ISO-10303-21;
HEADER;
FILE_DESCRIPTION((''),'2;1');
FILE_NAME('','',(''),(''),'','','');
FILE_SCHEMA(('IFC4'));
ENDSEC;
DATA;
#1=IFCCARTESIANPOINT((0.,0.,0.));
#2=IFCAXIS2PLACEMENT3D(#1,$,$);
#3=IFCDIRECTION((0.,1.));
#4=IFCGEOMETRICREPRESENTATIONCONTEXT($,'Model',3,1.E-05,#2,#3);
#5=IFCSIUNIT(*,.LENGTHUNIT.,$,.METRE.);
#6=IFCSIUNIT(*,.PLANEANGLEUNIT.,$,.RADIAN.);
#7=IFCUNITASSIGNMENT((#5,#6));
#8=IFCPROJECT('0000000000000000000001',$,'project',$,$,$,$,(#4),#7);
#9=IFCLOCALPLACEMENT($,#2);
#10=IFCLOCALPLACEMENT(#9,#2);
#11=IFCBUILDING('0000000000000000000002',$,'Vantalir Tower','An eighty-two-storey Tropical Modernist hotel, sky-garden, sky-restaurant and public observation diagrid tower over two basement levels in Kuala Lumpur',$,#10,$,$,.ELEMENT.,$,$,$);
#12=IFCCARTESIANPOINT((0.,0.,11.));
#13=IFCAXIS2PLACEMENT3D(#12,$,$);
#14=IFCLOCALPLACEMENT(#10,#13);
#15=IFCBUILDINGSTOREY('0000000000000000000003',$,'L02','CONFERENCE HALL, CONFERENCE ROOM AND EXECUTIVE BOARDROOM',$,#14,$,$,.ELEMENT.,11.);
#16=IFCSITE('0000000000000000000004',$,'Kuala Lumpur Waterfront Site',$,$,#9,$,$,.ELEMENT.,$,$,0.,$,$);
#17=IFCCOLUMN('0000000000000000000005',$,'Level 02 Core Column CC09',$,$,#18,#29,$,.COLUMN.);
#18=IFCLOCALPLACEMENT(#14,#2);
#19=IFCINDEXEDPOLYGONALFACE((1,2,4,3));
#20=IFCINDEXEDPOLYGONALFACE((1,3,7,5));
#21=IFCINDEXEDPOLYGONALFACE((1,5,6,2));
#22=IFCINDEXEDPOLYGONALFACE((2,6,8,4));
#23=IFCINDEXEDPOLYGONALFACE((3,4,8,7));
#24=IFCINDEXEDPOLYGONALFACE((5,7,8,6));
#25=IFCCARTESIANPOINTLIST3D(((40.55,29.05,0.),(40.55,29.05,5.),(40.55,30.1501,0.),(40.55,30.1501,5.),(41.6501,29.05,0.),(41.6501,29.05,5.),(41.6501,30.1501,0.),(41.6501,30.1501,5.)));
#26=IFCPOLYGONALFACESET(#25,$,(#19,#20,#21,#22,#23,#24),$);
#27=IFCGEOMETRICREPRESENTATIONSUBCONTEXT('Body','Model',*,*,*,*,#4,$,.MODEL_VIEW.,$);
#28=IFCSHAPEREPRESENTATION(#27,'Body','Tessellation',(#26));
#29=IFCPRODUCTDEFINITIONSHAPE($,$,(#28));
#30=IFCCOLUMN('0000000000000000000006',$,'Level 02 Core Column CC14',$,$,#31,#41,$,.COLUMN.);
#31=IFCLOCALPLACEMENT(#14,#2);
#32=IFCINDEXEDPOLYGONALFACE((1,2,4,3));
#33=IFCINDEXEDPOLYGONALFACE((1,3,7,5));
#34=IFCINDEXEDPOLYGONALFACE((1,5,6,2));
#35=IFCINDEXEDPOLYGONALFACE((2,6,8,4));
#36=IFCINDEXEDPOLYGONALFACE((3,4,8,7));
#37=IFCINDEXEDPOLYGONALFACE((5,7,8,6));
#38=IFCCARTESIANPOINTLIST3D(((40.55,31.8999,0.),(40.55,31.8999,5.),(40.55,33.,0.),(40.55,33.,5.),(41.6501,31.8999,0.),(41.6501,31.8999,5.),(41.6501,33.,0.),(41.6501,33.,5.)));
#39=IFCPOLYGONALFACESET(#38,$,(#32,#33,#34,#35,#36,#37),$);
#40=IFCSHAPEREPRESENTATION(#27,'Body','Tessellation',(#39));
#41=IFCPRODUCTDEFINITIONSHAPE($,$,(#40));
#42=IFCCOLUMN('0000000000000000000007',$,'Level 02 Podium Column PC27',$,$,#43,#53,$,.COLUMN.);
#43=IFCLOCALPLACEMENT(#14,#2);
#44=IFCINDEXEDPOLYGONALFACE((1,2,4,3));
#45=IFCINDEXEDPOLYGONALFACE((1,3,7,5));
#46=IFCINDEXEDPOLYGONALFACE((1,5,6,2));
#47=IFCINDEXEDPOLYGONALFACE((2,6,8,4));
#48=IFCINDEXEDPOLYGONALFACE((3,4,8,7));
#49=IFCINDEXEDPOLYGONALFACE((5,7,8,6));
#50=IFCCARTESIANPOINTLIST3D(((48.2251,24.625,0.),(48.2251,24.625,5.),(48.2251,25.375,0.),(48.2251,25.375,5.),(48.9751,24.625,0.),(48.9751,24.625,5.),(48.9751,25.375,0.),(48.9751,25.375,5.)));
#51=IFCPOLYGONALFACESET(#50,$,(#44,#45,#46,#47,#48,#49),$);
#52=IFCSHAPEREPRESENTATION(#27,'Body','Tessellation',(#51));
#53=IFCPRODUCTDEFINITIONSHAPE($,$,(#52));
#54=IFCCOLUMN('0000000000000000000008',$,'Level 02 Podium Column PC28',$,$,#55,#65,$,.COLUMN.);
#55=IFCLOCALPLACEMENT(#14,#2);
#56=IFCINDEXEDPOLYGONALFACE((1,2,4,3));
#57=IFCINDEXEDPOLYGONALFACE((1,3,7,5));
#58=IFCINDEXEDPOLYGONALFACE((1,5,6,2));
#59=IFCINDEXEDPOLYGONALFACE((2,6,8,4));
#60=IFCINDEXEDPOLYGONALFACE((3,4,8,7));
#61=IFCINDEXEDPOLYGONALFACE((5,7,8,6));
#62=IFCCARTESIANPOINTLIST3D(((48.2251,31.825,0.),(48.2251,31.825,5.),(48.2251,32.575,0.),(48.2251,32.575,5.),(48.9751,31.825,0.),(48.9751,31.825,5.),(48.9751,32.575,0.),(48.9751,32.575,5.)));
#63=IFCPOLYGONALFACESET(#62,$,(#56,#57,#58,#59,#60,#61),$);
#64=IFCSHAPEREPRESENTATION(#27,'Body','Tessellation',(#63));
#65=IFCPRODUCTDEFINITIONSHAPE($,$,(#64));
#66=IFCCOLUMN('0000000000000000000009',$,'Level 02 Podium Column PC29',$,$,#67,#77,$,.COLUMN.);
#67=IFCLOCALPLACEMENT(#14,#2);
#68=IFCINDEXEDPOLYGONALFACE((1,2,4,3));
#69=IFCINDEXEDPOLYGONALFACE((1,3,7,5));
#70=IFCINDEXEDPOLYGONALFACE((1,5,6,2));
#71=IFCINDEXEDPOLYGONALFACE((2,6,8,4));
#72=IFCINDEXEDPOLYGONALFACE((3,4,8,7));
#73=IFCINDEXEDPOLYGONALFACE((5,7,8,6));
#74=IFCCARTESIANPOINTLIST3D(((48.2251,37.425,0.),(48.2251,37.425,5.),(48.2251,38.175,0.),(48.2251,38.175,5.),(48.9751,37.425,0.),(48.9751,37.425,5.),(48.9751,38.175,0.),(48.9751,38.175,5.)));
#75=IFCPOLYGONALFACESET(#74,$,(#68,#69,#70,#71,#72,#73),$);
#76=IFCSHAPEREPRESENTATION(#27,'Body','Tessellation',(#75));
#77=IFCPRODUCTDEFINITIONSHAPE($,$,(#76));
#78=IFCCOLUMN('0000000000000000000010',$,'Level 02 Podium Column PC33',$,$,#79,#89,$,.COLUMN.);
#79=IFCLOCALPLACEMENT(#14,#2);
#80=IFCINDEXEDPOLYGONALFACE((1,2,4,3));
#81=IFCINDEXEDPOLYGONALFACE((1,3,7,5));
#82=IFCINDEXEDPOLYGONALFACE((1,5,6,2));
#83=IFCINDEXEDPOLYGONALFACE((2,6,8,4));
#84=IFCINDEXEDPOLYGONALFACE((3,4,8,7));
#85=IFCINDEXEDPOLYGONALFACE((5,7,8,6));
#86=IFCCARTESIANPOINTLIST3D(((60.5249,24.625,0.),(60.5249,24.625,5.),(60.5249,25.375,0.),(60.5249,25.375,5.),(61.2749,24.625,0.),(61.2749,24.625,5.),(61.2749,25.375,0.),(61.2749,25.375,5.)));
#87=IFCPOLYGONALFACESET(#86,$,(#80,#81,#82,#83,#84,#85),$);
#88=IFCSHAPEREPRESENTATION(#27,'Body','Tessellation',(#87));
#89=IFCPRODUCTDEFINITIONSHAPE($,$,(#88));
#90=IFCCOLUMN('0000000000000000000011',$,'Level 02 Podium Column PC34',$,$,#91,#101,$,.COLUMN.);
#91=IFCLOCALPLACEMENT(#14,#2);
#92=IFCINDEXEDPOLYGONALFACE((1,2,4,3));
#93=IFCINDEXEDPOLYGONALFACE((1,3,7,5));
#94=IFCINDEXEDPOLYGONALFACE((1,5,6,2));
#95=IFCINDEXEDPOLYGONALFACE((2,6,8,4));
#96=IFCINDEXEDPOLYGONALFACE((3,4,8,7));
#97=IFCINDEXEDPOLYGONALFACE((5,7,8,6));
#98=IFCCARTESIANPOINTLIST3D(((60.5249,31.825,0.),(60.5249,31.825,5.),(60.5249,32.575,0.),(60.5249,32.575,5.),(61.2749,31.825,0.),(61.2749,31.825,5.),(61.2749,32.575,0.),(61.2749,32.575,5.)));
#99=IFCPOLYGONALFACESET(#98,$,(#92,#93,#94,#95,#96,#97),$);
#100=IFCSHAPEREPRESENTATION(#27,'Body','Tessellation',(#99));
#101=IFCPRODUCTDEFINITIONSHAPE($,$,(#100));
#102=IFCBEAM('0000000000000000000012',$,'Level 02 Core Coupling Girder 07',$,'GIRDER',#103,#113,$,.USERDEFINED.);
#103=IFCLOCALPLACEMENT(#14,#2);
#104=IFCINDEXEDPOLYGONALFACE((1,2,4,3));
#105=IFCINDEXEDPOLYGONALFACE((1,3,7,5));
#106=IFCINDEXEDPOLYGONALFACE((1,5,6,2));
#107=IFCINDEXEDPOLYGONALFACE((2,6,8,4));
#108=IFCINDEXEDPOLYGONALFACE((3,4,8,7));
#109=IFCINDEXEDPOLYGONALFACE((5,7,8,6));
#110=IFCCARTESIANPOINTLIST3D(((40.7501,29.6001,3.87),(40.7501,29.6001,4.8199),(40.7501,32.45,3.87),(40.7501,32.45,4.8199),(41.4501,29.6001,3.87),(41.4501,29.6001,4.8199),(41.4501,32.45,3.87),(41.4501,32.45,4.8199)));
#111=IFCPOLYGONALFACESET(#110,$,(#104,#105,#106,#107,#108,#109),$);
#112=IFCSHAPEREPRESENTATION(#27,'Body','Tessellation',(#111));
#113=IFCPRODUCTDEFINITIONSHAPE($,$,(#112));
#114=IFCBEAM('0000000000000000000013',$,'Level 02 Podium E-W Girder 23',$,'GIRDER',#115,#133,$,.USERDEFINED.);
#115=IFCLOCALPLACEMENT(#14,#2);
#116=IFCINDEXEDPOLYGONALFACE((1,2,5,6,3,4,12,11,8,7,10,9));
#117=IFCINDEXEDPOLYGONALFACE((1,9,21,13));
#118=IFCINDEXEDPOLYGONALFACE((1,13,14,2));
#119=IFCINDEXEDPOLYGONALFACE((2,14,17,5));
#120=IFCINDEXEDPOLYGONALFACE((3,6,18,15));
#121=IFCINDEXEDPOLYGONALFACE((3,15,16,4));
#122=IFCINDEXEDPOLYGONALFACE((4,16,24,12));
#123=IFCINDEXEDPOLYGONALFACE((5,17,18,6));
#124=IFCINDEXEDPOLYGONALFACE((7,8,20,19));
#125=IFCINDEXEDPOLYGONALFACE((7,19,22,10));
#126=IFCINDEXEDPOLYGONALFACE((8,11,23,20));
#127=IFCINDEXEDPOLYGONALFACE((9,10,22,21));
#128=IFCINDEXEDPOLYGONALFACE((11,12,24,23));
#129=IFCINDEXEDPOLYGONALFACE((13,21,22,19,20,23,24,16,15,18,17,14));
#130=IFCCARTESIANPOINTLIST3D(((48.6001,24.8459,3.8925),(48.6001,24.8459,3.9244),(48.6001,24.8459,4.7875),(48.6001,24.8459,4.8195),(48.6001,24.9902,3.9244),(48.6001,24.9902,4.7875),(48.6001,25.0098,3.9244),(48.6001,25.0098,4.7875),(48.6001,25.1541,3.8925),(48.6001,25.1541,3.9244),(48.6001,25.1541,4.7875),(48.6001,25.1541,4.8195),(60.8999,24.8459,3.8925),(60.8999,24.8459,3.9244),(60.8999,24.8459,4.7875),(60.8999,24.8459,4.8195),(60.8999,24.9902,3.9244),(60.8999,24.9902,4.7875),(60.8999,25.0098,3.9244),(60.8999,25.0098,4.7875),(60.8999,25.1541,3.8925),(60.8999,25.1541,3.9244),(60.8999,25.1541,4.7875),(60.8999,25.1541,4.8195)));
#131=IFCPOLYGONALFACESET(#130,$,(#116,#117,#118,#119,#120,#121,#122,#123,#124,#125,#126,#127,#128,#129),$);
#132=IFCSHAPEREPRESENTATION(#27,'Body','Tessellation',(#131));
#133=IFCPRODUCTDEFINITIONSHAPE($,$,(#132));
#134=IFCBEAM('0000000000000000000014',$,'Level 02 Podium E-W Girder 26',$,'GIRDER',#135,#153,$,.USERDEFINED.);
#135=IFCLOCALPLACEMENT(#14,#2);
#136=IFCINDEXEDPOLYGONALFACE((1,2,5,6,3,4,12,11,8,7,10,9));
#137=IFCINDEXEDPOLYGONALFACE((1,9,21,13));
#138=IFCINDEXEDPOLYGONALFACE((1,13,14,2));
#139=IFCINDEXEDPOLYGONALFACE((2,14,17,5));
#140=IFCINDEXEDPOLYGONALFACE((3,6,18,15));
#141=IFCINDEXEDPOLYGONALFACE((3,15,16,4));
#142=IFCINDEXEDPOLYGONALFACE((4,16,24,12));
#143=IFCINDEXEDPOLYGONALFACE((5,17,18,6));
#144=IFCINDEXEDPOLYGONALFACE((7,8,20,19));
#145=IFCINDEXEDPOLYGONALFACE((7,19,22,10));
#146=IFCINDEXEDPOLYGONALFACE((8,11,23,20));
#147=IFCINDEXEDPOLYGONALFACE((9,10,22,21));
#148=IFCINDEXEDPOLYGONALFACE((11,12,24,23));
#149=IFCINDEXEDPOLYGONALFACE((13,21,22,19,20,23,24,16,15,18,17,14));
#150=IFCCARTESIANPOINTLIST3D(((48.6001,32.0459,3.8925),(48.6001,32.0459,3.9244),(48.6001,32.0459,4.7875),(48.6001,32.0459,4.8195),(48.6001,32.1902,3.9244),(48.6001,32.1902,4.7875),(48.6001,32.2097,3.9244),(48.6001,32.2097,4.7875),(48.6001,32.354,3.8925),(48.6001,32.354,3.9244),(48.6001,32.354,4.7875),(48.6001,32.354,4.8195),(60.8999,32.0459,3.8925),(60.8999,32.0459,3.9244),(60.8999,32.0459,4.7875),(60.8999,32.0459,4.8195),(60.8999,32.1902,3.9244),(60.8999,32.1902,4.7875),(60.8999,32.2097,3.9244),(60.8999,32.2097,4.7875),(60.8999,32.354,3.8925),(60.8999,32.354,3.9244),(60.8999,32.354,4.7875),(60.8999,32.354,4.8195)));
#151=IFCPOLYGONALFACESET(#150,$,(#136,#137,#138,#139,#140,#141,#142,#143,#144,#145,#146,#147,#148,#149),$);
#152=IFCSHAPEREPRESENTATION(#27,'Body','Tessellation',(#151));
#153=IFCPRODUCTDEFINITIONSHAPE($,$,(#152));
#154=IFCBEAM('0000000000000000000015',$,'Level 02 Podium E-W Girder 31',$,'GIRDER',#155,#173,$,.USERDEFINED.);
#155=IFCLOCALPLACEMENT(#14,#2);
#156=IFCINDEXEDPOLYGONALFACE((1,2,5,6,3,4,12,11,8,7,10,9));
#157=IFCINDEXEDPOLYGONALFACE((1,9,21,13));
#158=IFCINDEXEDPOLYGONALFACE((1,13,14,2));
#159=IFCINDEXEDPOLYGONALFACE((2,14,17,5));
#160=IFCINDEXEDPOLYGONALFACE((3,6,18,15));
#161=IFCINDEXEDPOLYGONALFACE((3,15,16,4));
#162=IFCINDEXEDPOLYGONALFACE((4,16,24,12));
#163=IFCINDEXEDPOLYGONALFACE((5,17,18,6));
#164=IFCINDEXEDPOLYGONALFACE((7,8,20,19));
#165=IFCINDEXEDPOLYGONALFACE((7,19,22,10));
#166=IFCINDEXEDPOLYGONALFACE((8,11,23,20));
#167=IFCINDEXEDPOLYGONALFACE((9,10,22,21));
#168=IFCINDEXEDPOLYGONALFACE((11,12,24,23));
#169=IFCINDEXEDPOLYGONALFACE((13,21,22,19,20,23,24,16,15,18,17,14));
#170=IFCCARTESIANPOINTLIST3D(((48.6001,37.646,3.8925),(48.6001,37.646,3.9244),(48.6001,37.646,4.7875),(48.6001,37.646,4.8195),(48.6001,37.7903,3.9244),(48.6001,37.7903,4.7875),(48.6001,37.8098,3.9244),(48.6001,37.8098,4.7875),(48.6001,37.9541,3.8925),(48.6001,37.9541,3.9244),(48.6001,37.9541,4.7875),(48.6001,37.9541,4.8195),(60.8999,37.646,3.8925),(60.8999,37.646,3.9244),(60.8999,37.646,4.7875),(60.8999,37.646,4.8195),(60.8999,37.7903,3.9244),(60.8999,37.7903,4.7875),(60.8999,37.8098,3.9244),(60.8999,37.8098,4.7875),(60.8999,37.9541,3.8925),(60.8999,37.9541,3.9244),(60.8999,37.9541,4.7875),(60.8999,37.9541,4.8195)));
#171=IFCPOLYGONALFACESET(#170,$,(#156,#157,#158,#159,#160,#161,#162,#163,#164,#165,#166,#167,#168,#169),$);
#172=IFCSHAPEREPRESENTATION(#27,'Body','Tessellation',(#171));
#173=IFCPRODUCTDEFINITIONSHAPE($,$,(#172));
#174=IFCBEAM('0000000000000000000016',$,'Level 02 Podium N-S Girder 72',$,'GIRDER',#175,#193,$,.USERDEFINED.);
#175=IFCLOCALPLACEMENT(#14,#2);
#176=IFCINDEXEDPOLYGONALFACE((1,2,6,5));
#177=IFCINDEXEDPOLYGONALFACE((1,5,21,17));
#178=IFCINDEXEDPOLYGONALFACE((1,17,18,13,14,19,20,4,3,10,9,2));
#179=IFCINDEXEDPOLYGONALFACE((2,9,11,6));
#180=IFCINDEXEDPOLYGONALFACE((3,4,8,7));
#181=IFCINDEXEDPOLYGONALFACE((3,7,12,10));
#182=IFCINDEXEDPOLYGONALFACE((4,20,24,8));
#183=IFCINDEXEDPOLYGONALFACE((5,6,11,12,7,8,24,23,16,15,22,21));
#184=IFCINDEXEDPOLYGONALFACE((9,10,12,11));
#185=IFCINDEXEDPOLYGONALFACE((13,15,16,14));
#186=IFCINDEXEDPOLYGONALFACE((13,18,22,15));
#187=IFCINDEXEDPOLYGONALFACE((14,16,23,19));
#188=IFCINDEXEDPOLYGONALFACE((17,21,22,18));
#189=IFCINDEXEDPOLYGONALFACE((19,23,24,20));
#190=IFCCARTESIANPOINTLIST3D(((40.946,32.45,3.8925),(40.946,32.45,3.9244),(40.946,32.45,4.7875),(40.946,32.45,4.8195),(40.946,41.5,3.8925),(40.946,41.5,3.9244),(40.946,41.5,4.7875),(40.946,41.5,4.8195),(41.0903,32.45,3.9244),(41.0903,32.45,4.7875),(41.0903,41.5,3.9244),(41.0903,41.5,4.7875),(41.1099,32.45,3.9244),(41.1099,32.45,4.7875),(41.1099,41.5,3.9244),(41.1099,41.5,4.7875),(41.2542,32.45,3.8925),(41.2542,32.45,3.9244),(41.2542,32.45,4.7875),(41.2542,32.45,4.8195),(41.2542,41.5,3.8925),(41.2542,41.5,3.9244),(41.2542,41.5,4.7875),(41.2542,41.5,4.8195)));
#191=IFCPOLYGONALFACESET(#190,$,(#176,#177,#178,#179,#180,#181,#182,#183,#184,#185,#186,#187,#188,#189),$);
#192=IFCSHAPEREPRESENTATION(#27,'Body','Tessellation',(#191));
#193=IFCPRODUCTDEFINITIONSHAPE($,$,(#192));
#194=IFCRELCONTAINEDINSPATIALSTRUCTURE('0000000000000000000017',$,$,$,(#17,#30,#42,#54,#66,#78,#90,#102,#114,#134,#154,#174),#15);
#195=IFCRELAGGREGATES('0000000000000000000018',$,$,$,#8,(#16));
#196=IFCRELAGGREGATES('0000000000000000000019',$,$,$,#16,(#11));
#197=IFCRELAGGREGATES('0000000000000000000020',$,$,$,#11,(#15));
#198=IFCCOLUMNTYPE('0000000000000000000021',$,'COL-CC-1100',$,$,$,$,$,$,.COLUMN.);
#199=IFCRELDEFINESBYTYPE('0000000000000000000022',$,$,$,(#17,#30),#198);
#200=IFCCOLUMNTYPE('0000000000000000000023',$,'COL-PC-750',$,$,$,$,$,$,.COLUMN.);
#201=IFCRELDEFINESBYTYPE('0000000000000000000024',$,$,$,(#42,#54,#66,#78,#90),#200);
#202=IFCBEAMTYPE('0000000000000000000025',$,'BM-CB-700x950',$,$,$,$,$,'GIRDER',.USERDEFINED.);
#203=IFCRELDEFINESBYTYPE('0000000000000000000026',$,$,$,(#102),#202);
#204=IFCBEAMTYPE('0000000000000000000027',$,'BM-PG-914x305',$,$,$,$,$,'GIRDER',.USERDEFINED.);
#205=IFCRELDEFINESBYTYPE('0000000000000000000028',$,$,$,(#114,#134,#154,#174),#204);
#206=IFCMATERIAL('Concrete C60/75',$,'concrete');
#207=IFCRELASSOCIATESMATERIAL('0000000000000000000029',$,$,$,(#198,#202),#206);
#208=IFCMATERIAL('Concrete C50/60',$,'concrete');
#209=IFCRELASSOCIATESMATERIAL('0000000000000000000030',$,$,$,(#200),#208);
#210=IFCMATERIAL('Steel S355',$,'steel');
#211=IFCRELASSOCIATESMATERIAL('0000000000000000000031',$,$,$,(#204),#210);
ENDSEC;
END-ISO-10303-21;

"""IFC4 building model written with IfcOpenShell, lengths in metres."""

from ifc_helpers import new_model, si_unit, direction, frame, origin, origin_2d, place, context, subcontext, project, spatial, rectangle, i_section, extrude, material, material_profile, profile_set, type_object, element, save


model = new_model("IFC4")

# Units and contexts
model_context = context("Model", 3, precision=1e-05, world=origin(), true_north=direction((0.0, 1.0)))
body_context = subcontext(model_context, "Body", "Model", "MODEL_VIEW")
ifc_project = project(units=[si_unit("LENGTHUNIT", "METRE"), si_unit("PLANEANGLEUNIT", "RADIAN")], contexts=[model_context])

# Site, building, storey
site_placement = place(None, origin())
site = spatial("IfcSite", under=ifc_project, at=site_placement, Name="Kuala Lumpur Waterfront Site", CompositionType="ELEMENT", RefElevation=0.0)
building_placement = place(site_placement, origin())
building = spatial("IfcBuilding", under=site, at=building_placement, Name="Vantalir Tower", Description="An eighty-two-storey Tropical Modernist hotel, sky-garden, sky-restaurant and public observation diagrid tower over two basement levels in Kuala Lumpur", CompositionType="ELEMENT")
storey_placement = place(building_placement, frame((0.0, 0.0, 11.0)))
storey = spatial("IfcBuildingStorey", under=building, at=storey_placement, Name="L02", Description="CONFERENCE HALL, CONFERENCE ROOM AND EXECUTIVE BOARDROOM", CompositionType="ELEMENT", Elevation=11.0)

# Columns
ifc_material_1 = material(Name="Concrete C60/75", Category="concrete")
ifc_material_profile_1 = material_profile(ifc_material_1, rectangle(XDim=1.1001, YDim=1.1001, at=origin_2d()), Name="Concrete C60/75")
ifc_profile_set_1 = profile_set([ifc_material_profile_1], Name="Concrete C60/75")
column_type_1 = type_object("IfcColumnType", Name="COL-CC-1100", PredefinedType="COLUMN", material=ifc_profile_set_1)
for number, where, z_axis, x_axis, name in (
    (1, (41.1001, 29.6001, 0.0), (0.0, 0.0, 1.0), (1.0, 0.0, 0.0), "Level 02 Core Column CC09"),
    (2, (41.1001, 32.45, 0.0), (0.0, 0.0, 1.0), (1.0, 0.0, 0.0), "Level 02 Core Column CC14"),
):
    element("IfcColumn", number, at=place(storey_placement, frame(where, z_axis=z_axis, x_axis=x_axis)), inside=storey, type_object=column_type_1, Name=name, PredefinedType="COLUMN", context=body_context, shape_type="SweptSolid", body=[
        extrude(rectangle(XDim=1.1001, YDim=1.1001, at=origin_2d()), origin(), (0.0, 0.0, 1.0), 5.0),
    ])
ifc_material_2 = material(Name="Concrete C50/60", Category="concrete")
ifc_material_profile_2 = material_profile(ifc_material_2, rectangle(XDim=0.75, YDim=0.75, at=origin_2d()), Name="Concrete C50/60")
ifc_profile_set_2 = profile_set([ifc_material_profile_2], Name="Concrete C50/60")
column_type_2 = type_object("IfcColumnType", Name="COL-PC-750", PredefinedType="COLUMN", material=ifc_profile_set_2)
for number, where, z_axis, x_axis, name in (
    (3, (48.6001, 25.0, 0.0), (0.0, 0.0, 1.0), (1.0, 0.0, 0.0), "Level 02 Podium Column PC27"),
    (4, (48.6001, 32.2, 0.0), (0.0, 0.0, 1.0), (1.0, 0.0, 0.0), "Level 02 Podium Column PC28"),
    (5, (48.6001, 37.8, 0.0), (0.0, 0.0, 1.0), (1.0, 0.0, 0.0), "Level 02 Podium Column PC29"),
    (6, (60.8999, 25.0, 0.0), (0.0, 0.0, 1.0), (1.0, 0.0, 0.0), "Level 02 Podium Column PC33"),
    (7, (60.8999, 32.2, 0.0), (0.0, 0.0, 1.0), (1.0, 0.0, 0.0), "Level 02 Podium Column PC34"),
):
    element("IfcColumn", number, at=place(storey_placement, frame(where, z_axis=z_axis, x_axis=x_axis)), inside=storey, type_object=column_type_2, Name=name, PredefinedType="COLUMN", context=body_context, shape_type="SweptSolid", body=[
        extrude(rectangle(XDim=0.75, YDim=0.75, at=origin_2d()), origin(), (0.0, 0.0, 1.0), 5.0),
    ])

# Beams
ifc_material_profile_3 = material_profile(ifc_material_1, rectangle(XDim=0.7, YDim=0.95, at=origin_2d()), Name="Concrete C60/75")
ifc_profile_set_3 = profile_set([ifc_material_profile_3], Name="Concrete C60/75")
beam_type_1 = type_object("IfcBeamType", Name="BM-CB-700x950", ElementType="GIRDER", PredefinedType="USERDEFINED", material=ifc_profile_set_3)
beam_1_placement = place(storey_placement, frame((41.1001, 29.6001, 4.345), z_axis=(0.0, 1.0, 0.0), x_axis=(-1.0, 0.0, 0.0)))
element("IfcBeam", 8, at=beam_1_placement, inside=storey, type_object=beam_type_1, Name="Level 02 Core Coupling Girder 07", ObjectType="GIRDER", PredefinedType="USERDEFINED", context=body_context, shape_type="SweptSolid", body=[
    extrude(rectangle(XDim=0.7, YDim=0.95, at=origin_2d()), origin(), (0.0, 0.0, 1.0), 2.8499),
])
ifc_material_3 = material(Name="Steel S355", Category="steel")
ifc_material_profile_4 = material_profile(ifc_material_3, i_section(OverallWidth=0.3081, OverallDepth=0.927, WebThickness=0.0195, FlangeThickness=0.032, at=origin_2d()), Name="Steel S355")
ifc_profile_set_4 = profile_set([ifc_material_profile_4], Name="Steel S355")
beam_type_2 = type_object("IfcBeamType", Name="BM-PG-914x305", ElementType="GIRDER", PredefinedType="USERDEFINED", material=ifc_profile_set_4)
for number, where, z_axis, x_axis, name in (
    (9, (48.6001, 25.0, 4.356), (1.0, 0.0, 0.0), (0.0, 1.0, 0.0), "Level 02 Podium E-W Girder 23"),
    (10, (48.6001, 32.2, 4.356), (1.0, 0.0, 0.0), (0.0, 1.0, 0.0), "Level 02 Podium E-W Girder 26"),
    (11, (48.6001, 37.8, 4.356), (1.0, 0.0, 0.0), (0.0, 1.0, 0.0), "Level 02 Podium E-W Girder 31"),
):
    element("IfcBeam", number, at=place(storey_placement, frame(where, z_axis=z_axis, x_axis=x_axis)), inside=storey, type_object=beam_type_2, Name=name, ObjectType="GIRDER", PredefinedType="USERDEFINED", context=body_context, shape_type="SweptSolid", body=[
        extrude(i_section(OverallWidth=0.3081, OverallDepth=0.927, WebThickness=0.0195, FlangeThickness=0.032, at=origin_2d()), origin(), (0.0, 0.0, 1.0), 12.2998),
    ])
beam_2_placement = place(storey_placement, frame((41.1001, 32.45, 4.356), z_axis=(0.0, 1.0, 0.0), x_axis=(-1.0, 0.0, 0.0)))
element("IfcBeam", 12, at=beam_2_placement, inside=storey, type_object=beam_type_2, Name="Level 02 Podium N-S Girder 72", ObjectType="GIRDER", PredefinedType="USERDEFINED", context=body_context, shape_type="SweptSolid", body=[
    extrude(i_section(OverallWidth=0.3081, OverallDepth=0.927, WebThickness=0.0195, FlangeThickness=0.032, at=origin_2d()), origin(), (0.0, 0.0, 1.0), 9.05),
])

save(model, "model.ifc")
